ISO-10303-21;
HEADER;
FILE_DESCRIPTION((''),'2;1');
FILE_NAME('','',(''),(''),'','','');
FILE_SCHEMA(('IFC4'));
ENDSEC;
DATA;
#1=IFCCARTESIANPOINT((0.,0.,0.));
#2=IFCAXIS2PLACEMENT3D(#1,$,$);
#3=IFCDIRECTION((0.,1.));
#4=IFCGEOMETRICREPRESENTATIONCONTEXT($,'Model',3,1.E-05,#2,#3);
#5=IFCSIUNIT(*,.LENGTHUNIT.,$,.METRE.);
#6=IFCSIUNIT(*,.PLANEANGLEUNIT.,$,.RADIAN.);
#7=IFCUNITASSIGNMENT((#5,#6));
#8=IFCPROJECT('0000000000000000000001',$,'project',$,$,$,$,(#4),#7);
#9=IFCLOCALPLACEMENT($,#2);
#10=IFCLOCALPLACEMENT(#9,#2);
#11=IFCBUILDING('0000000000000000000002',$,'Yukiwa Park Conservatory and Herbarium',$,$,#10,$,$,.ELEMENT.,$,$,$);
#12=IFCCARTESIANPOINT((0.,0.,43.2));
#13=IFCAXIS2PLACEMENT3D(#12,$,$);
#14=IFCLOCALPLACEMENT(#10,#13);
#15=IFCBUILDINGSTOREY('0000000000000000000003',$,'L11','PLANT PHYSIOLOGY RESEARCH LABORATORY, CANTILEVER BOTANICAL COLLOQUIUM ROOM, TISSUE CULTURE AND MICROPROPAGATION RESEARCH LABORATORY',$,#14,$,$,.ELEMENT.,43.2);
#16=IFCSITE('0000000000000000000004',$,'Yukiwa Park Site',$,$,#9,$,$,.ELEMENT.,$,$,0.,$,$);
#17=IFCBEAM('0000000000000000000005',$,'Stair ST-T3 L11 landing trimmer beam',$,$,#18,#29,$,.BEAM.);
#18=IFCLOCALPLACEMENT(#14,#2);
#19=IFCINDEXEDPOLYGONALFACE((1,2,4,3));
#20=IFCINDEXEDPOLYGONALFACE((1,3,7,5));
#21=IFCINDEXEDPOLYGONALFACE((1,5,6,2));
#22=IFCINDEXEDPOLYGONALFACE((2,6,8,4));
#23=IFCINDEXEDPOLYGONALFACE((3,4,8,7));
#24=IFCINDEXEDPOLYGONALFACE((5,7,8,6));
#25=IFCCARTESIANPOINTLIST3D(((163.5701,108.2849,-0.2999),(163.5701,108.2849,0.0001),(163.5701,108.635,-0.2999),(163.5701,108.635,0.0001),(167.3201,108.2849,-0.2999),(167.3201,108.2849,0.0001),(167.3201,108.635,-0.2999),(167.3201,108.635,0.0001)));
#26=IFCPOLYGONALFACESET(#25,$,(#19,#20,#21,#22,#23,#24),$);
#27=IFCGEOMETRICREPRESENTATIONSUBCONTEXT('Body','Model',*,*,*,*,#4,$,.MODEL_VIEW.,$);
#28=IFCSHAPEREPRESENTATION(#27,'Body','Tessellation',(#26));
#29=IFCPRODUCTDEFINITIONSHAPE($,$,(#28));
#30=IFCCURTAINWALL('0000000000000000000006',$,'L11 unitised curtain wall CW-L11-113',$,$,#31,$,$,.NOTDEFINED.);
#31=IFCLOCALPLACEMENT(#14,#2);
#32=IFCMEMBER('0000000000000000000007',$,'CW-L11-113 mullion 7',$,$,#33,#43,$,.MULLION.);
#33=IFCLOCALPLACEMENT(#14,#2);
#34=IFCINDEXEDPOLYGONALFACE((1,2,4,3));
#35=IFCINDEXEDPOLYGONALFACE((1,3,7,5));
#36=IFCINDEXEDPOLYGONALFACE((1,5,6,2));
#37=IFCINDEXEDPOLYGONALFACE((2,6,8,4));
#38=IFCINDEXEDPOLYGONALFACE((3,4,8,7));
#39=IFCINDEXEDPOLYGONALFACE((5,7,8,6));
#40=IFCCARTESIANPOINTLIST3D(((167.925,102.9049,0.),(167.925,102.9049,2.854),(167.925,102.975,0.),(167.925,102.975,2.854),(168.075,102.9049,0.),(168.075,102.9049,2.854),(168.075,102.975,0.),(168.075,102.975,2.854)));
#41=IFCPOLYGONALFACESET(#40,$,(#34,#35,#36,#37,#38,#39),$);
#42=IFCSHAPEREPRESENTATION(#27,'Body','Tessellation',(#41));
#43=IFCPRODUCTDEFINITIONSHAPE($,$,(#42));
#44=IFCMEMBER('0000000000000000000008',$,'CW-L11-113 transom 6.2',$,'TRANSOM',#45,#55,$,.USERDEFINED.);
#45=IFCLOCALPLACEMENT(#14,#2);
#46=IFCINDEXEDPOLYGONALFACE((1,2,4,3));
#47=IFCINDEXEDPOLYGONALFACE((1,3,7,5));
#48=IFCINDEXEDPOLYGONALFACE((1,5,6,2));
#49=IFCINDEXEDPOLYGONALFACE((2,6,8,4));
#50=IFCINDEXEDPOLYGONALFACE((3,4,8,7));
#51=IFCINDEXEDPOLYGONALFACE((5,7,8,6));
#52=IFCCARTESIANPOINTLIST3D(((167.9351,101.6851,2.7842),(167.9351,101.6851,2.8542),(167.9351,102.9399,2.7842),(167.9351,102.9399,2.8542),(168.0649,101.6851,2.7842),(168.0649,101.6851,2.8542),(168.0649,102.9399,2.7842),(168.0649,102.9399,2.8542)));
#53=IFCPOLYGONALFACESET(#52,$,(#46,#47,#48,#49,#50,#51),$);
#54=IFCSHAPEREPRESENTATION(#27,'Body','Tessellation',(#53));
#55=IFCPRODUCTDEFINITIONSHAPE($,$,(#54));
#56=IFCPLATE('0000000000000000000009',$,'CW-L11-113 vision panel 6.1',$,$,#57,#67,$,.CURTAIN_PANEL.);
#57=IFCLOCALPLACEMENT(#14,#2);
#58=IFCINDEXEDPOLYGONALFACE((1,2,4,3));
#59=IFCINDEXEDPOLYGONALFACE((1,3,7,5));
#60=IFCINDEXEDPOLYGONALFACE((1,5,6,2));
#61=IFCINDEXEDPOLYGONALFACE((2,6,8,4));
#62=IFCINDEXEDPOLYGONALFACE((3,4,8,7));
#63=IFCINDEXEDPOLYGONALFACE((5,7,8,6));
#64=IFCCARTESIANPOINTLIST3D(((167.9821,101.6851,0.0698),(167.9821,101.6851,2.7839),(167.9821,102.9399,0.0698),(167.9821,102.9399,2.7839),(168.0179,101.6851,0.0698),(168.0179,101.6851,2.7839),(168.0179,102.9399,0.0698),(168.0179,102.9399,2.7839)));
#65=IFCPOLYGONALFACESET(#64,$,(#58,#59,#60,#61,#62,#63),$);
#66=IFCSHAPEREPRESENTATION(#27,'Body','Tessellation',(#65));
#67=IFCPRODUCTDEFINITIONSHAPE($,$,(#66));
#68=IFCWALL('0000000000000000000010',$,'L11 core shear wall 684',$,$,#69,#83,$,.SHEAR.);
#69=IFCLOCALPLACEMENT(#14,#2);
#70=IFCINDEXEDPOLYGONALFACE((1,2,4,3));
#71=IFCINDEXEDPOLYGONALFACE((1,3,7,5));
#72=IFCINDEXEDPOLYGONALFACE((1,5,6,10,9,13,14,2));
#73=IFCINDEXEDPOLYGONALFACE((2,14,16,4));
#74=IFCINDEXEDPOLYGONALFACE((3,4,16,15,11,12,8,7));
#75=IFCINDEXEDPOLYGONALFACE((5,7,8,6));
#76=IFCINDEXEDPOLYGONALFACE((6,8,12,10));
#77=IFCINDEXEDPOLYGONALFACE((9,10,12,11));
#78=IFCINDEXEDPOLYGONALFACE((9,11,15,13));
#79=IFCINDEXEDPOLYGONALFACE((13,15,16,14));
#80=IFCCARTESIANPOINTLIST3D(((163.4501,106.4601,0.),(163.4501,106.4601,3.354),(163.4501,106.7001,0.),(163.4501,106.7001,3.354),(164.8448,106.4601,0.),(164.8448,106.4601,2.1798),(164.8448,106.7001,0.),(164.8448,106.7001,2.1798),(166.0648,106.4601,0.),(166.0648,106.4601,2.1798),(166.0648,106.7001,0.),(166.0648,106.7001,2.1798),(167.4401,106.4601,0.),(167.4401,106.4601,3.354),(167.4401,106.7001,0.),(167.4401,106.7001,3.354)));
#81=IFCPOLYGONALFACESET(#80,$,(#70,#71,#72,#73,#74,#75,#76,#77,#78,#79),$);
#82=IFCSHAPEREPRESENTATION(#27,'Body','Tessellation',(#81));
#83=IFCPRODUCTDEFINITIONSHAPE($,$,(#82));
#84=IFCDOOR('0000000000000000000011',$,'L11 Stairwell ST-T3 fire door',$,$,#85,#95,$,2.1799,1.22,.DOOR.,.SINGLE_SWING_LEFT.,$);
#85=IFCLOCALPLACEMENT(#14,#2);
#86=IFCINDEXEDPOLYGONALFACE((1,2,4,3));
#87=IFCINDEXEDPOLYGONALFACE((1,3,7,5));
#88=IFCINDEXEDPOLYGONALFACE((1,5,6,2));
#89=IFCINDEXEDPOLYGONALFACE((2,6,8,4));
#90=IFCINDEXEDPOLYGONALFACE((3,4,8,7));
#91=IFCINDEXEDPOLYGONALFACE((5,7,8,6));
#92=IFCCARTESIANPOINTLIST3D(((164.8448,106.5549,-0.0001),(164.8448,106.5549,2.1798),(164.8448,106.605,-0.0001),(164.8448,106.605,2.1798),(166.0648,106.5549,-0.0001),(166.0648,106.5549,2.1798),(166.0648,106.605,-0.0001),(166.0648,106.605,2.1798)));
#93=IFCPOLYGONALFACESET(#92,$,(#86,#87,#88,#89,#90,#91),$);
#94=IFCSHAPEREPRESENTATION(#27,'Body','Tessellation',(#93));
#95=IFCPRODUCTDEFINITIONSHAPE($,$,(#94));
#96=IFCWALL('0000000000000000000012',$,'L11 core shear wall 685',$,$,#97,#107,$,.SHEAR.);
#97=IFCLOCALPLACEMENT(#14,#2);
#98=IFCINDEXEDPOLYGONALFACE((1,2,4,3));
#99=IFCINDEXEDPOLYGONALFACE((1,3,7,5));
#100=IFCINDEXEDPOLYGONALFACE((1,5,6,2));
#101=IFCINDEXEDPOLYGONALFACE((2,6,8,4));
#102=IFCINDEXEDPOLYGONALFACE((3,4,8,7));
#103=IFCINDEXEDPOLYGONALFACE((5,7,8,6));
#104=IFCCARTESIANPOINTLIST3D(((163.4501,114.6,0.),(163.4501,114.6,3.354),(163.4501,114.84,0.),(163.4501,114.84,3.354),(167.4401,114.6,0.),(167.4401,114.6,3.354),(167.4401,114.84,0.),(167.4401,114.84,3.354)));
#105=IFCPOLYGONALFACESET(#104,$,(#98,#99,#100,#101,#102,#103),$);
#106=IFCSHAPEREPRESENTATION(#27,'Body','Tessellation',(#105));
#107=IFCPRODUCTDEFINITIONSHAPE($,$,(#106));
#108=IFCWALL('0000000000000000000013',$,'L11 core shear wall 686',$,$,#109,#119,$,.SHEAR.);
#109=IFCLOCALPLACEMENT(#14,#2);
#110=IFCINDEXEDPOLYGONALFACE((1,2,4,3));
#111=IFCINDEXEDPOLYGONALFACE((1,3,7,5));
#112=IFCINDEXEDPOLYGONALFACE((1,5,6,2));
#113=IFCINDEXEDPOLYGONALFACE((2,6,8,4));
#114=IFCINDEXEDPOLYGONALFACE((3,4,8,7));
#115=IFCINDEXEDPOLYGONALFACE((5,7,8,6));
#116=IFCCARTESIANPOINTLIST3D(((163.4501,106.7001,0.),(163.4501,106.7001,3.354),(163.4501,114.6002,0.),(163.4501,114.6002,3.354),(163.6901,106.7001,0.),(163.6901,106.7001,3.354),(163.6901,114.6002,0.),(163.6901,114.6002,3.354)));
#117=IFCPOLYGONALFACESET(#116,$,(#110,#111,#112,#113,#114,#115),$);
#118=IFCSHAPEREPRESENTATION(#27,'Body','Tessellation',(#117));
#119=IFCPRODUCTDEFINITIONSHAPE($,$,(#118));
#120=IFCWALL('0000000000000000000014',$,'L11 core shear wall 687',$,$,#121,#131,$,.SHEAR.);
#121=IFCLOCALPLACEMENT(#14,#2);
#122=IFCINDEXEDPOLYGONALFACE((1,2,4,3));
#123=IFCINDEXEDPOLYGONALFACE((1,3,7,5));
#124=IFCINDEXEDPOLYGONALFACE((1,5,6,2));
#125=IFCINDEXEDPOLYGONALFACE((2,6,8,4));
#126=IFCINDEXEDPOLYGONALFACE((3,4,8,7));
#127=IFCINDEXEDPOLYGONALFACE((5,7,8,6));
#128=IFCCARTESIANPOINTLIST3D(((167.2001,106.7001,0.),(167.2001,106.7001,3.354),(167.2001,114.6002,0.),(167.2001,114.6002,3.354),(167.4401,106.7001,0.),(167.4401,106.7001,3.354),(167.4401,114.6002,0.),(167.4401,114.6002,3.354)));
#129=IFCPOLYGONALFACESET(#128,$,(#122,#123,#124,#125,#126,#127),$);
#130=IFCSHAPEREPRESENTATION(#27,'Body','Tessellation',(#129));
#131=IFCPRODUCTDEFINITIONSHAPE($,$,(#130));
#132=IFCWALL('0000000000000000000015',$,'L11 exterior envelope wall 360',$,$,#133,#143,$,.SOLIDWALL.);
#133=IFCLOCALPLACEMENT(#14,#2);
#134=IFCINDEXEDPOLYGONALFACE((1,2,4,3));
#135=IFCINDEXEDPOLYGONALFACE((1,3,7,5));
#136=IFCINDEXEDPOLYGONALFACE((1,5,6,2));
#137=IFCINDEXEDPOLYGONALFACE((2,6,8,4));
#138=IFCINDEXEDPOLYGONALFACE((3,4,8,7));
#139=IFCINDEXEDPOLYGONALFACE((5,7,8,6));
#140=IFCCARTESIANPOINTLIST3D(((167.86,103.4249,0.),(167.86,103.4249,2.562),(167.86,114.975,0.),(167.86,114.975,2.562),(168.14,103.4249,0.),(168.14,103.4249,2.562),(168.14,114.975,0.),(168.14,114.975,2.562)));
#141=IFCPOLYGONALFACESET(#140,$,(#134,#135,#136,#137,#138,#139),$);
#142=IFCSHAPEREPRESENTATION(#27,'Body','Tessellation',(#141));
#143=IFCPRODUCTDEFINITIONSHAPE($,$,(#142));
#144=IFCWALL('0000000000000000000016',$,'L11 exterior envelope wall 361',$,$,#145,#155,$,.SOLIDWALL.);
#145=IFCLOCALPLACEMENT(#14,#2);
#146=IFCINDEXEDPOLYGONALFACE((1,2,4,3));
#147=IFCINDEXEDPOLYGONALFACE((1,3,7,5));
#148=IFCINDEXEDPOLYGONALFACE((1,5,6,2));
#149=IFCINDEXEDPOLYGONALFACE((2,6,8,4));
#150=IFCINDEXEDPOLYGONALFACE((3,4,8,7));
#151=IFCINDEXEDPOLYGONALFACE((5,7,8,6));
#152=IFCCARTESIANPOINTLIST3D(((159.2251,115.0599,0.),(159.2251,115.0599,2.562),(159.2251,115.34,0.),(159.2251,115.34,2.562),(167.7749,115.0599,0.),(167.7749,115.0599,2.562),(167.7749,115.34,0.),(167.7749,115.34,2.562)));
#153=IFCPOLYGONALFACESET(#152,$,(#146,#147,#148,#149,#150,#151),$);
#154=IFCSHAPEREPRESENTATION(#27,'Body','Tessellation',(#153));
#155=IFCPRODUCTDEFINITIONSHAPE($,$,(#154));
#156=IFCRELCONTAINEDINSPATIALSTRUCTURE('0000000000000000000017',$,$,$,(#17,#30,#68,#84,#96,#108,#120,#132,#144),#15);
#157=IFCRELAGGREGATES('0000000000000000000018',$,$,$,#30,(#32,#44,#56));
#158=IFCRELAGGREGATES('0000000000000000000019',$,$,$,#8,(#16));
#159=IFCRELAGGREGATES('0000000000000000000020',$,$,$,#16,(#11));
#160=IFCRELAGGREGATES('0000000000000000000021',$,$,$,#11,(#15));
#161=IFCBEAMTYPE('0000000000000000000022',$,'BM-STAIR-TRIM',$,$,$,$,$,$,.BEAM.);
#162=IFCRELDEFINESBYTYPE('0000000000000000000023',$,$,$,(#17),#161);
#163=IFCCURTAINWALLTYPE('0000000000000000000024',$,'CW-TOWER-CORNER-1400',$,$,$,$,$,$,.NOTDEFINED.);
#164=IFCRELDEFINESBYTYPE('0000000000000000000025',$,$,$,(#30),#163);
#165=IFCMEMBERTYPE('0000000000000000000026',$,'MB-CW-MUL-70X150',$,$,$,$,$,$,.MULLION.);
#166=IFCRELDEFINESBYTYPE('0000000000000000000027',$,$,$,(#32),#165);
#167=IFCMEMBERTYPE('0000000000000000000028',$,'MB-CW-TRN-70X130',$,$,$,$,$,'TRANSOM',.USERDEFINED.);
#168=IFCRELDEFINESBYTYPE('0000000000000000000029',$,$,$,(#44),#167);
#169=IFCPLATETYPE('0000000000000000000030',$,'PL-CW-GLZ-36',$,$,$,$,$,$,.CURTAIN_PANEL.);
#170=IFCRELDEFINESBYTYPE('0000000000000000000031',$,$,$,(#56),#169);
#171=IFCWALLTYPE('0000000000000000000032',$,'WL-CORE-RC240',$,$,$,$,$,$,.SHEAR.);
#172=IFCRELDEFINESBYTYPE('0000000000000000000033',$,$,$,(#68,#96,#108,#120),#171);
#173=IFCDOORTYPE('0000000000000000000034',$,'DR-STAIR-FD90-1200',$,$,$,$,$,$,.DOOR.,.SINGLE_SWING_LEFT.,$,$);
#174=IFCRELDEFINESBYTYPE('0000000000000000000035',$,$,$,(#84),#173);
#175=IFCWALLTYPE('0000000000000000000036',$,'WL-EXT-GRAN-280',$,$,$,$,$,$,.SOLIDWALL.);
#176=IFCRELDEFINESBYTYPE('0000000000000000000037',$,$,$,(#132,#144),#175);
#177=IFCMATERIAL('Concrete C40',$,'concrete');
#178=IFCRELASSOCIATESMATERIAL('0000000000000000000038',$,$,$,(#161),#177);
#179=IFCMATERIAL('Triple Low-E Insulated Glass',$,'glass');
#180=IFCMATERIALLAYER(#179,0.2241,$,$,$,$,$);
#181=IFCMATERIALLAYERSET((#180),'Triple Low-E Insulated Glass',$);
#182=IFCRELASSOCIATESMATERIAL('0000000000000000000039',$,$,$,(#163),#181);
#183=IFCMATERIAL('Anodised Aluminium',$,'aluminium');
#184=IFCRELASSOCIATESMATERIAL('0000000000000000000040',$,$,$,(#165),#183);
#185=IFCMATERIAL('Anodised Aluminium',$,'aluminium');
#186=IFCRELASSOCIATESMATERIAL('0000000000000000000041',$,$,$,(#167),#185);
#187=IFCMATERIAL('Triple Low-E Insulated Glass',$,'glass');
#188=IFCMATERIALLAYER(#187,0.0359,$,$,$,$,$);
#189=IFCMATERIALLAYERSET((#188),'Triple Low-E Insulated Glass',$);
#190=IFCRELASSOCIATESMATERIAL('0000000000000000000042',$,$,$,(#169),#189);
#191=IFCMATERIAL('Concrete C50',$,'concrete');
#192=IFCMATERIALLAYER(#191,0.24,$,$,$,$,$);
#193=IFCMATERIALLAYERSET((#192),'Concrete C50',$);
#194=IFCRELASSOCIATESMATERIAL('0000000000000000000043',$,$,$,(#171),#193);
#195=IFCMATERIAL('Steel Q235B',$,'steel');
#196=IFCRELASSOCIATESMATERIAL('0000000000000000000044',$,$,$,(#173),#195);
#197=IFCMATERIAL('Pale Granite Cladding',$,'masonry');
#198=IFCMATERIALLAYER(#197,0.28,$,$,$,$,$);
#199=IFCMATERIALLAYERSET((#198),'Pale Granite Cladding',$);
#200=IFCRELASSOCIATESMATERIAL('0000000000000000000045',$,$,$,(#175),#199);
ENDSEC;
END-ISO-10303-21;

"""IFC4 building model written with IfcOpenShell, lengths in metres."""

from ifc_helpers import new_model, si_unit, direction, frame, frame_2d, origin, origin_2d, place, context, subcontext, project, spatial, rectangle, extrude, material, layer, layer_set, material_profile, profile_set, type_object, element, fill, aggregate, save


model = new_model("IFC4")

# Units and contexts
model_context = context("Model", 3, precision=1e-05, world=origin(), true_north=direction((0.0, 1.0)))
body_context = subcontext(model_context, "Body", "Model", "MODEL_VIEW")
ifc_project = project(units=[si_unit("LENGTHUNIT", "METRE"), si_unit("PLANEANGLEUNIT", "RADIAN")], contexts=[model_context])

# Site, building, storey
site_placement = place(None, origin())
site = spatial("IfcSite", under=ifc_project, at=site_placement, Name="Yukiwa Park Site", CompositionType="ELEMENT", RefElevation=0.0)
building_placement = place(site_placement, origin())
building = spatial("IfcBuilding", under=site, at=building_placement, Name="Yukiwa Park Conservatory and Herbarium", CompositionType="ELEMENT")
storey_placement = place(building_placement, frame((0.0, 0.0, 43.2)))
storey = spatial("IfcBuildingStorey", under=building, at=storey_placement, Name="L11", Description="PLANT PHYSIOLOGY RESEARCH LABORATORY, CANTILEVER BOTANICAL COLLOQUIUM ROOM, TISSUE CULTURE AND MICROPROPAGATION RESEARCH LABORATORY", CompositionType="ELEMENT", Elevation=43.2)

# Beam
ifc_material_1 = material(Name="Concrete C40", Category="concrete")
ifc_material_profile_1 = material_profile(ifc_material_1, rectangle(XDim=0.3501, YDim=0.3, at=origin_2d()), Name="RC 350x300")
ifc_profile_set_1 = profile_set([ifc_material_profile_1], Name="Concrete C40")
beam_type_1 = type_object("IfcBeamType", Name="BM-STAIR-TRIM", PredefinedType="BEAM", material=ifc_profile_set_1)
beam_1_placement = place(storey_placement, frame((163.5701, 108.46, -0.1499), z_axis=(1.0, 0.0, 0.0), x_axis=(0.0, 1.0, 0.0)))
element("IfcBeam", 1, at=beam_1_placement, inside=storey, type_object=beam_type_1, Name="Stair ST-T3 L11 landing trimmer beam", PredefinedType="BEAM", context=body_context, shape_type="SweptSolid", body=[
    extrude(rectangle(XDim=0.3501, YDim=0.3, at=origin_2d()), origin(), (0.0, 0.0, 1.0), 3.75),
])

# Curtain wall, members, plate
ifc_material_2 = material(Name="Triple Low-E Insulated Glass", Category="glass")
ifc_layer_1 = layer(ifc_material_2, 0.2241)
ifc_layer_set_1 = layer_set([ifc_layer_1], Name="Triple Low-E Insulated Glass")
curtain_wall_type = type_object("IfcCurtainWallType", Name="CW-TOWER-CORNER-1400", PredefinedType="NOTDEFINED", material=ifc_layer_set_1)
curtain_wall_placement = place(storey_placement, origin())
curtain_wall = element("IfcCurtainWall", 2, at=curtain_wall_placement, inside=storey, type_object=curtain_wall_type, Name="L11 unitised curtain wall CW-L11-113", PredefinedType="NOTDEFINED")
ifc_material_3 = material(Name="Anodised Aluminium", Category="aluminium")
member_type_1 = type_object("IfcMemberType", Name="MB-CW-MUL-70X150", PredefinedType="MULLION", material=ifc_material_3)
member_1_placement = place(storey_placement, frame((168.0, 102.9399, 0.0), z_axis=(0.0, 0.0, 1.0), x_axis=(0.0, 1.0, 0.0)))
member_1 = element("IfcMember", 3, at=member_1_placement, type_object=member_type_1, Name="CW-L11-113 mullion 7", PredefinedType="MULLION", context=body_context, shape_type="SweptSolid", body=[
    extrude(rectangle(XDim=0.0701, YDim=0.1499, at=origin_2d()), origin(), (0.0, 0.0, 1.0), 2.854),
])
ifc_material_4 = material(Name="Anodised Aluminium", Category="aluminium")
member_type_2 = type_object("IfcMemberType", Name="MB-CW-TRN-70X130", ElementType="TRANSOM", PredefinedType="USERDEFINED", material=ifc_material_4)
member_2_placement = place(storey_placement, frame((168.0, 102.3125, 2.7842), z_axis=(0.0, 0.0, 1.0), x_axis=(0.0, 1.0, 0.0)))
member_2 = element("IfcMember", 4, at=member_2_placement, type_object=member_type_2, Name="CW-L11-113 transom 6.2", ObjectType="TRANSOM", PredefinedType="USERDEFINED", context=body_context, shape_type="SweptSolid", body=[
    extrude(rectangle(XDim=1.2549, YDim=0.1299, at=origin_2d()), origin(), (0.0, 0.0, 1.0), 0.0701),
])
ifc_material_5 = material(Name="Triple Low-E Insulated Glass", Category="glass")
ifc_layer_2 = layer(ifc_material_5, 0.0359)
ifc_layer_set_2 = layer_set([ifc_layer_2], Name="Triple Low-E Insulated Glass")
plate_type = type_object("IfcPlateType", Name="PL-CW-GLZ-36", PredefinedType="CURTAIN_PANEL", material=ifc_layer_set_2)
plate_placement = place(storey_placement, frame((168.0, 102.3125, 0.0698), z_axis=(0.0, 0.0, 1.0), x_axis=(0.0, 1.0, 0.0)))
plate = element("IfcPlate", 5, at=plate_placement, type_object=plate_type, Name="CW-L11-113 vision panel 6.1", PredefinedType="CURTAIN_PANEL", context=body_context, shape_type="SweptSolid", body=[
    extrude(rectangle(XDim=1.2549, YDim=0.0359, at=origin_2d()), origin(), (0.0, 0.0, 1.0), 2.7141),
])
aggregate(curtain_wall, [member_1, member_2, plate])

# Wall, opening, door
ifc_material_6 = material(Name="Concrete C50", Category="concrete")
ifc_layer_3 = layer(ifc_material_6, 0.24)
ifc_layer_set_3 = layer_set([ifc_layer_3], Name="Concrete C50")
wall_type_1 = type_object("IfcWallType", Name="WL-CORE-RC240", PredefinedType="SHEAR", material=ifc_layer_set_3)
wall_1_placement = place(storey_placement, frame((163.45, 106.5801, 0.0), z_axis=(0.0, 0.0, 1.0), x_axis=(1.0, 0.0, 0.0)))
wall_1 = element("IfcWall", 6, at=wall_1_placement, inside=storey, type_object=wall_type_1, Name="L11 core shear wall 684", PredefinedType="SHEAR", context=body_context, shape_type="SweptSolid", body=[
    extrude(rectangle(XDim=3.99, YDim=0.24, at=frame_2d((1.9951, 0.0))), origin(), (0.0, 0.0, 1.0), 3.354),
])
opening_1_placement = place(wall_1_placement, frame((1.395, 0.0, 0.0)))
opening_1 = element("IfcOpeningElement", 7, at=opening_1_placement, cuts=wall_1, PredefinedType="OPENING", context=body_context, shape_type="SweptSolid", body=[
    extrude(rectangle(XDim=1.22, YDim=2.1799, at=frame_2d((0.6099, 1.0898))), frame((0.0, 0.1299, 0.0), z_axis=(0.0, -1.0, 0.0), x_axis=(1.0, 0.0, 0.0)), (0.0, 0.0, 1.0), 0.26),
])
ifc_material_7 = material(Name="Steel Q235B", Category="steel")
door_type_1 = type_object("IfcDoorType", Name="DR-STAIR-FD90-1200", OperationType="SINGLE_SWING_LEFT", PredefinedType="DOOR", material=ifc_material_7)
door_1_placement = place(opening_1_placement, origin())
door_1 = element("IfcDoor", 8, at=door_1_placement, inside=storey, type_object=door_type_1, Name="L11 Stairwell ST-T3 fire door", OperationType="SINGLE_SWING_LEFT", OverallHeight=2.1799, OverallWidth=1.22, PredefinedType="DOOR", context=body_context, shape_type="SweptSolid", body=[
    extrude(rectangle(XDim=1.22, YDim=2.1799, at=frame_2d((0.6099, 1.0898))), frame((0.0, 0.0249, 0.0), z_axis=(0.0, -1.0, 0.0), x_axis=(1.0, 0.0, 0.0)), (0.0, 0.0, 1.0), 0.05),
])
fill(opening_1, door_1)

# Walls
wall_2_placement = place(storey_placement, frame((163.45, 114.72, 0.0), z_axis=(0.0, 0.0, 1.0), x_axis=(1.0, 0.0, 0.0)))
element("IfcWall", 9, at=wall_2_placement, inside=storey, type_object=wall_type_1, Name="L11 core shear wall 685", PredefinedType="SHEAR", context=body_context, shape_type="SweptSolid", body=[
    extrude(rectangle(XDim=3.99, YDim=0.24, at=frame_2d((1.9951, 0.0))), origin(), (0.0, 0.0, 1.0), 3.354),
])
for number, where, z_axis, x_axis, name in (
    (10, (163.5701, 106.7, 0.0), (0.0, 0.0, 1.0), (0.0, 1.0, 0.0), "L11 core shear wall 686"),
    (11, (167.3201, 106.7, 0.0), (0.0, 0.0, 1.0), (0.0, 1.0, 0.0), "L11 core shear wall 687"),
):
    element("IfcWall", number, at=place(storey_placement, frame(where, z_axis=z_axis, x_axis=x_axis)), inside=storey, type_object=wall_type_1, Name=name, PredefinedType="SHEAR", context=body_context, shape_type="SweptSolid", body=[
        extrude(rectangle(XDim=7.9001, YDim=0.24, at=frame_2d((3.9502, 0.0))), origin(), (0.0, 0.0, 1.0), 3.354),
    ])
ifc_material_8 = material(Name="Pale Granite Cladding", Category="masonry")
ifc_layer_4 = layer(ifc_material_8, 0.28)
ifc_layer_set_4 = layer_set([ifc_layer_4], Name="Pale Granite Cladding")
wall_type_2 = type_object("IfcWallType", Name="WL-EXT-GRAN-280", PredefinedType="SOLIDWALL", material=ifc_layer_set_4)
wall_3_placement = place(storey_placement, frame((168.0, 103.425, 0.0), z_axis=(0.0, 0.0, 1.0), x_axis=(0.0, 1.0, 0.0)))
element("IfcWall", 12, at=wall_3_placement, inside=storey, type_object=wall_type_2, Name="L11 exterior envelope wall 360", PredefinedType="SOLIDWALL", context=body_context, shape_type="SweptSolid", body=[
    extrude(rectangle(XDim=11.55, YDim=0.28, at=frame_2d((5.7749, 0.0))), origin(), (0.0, 0.0, 1.0), 2.562),
])
wall_4_placement = place(storey_placement, frame((167.7749, 115.2, 0.0), z_axis=(0.0, 0.0, 1.0), x_axis=(-1.0, 0.0, 0.0)))
element("IfcWall", 13, at=wall_4_placement, inside=storey, type_object=wall_type_2, Name="L11 exterior envelope wall 361", PredefinedType="SOLIDWALL", context=body_context, shape_type="SweptSolid", body=[
    extrude(rectangle(XDim=8.5498, YDim=0.28, at=frame_2d((4.2749, 0.0))), origin(), (0.0, 0.0, 1.0), 2.562),
])

save(model, "model.ifc")
